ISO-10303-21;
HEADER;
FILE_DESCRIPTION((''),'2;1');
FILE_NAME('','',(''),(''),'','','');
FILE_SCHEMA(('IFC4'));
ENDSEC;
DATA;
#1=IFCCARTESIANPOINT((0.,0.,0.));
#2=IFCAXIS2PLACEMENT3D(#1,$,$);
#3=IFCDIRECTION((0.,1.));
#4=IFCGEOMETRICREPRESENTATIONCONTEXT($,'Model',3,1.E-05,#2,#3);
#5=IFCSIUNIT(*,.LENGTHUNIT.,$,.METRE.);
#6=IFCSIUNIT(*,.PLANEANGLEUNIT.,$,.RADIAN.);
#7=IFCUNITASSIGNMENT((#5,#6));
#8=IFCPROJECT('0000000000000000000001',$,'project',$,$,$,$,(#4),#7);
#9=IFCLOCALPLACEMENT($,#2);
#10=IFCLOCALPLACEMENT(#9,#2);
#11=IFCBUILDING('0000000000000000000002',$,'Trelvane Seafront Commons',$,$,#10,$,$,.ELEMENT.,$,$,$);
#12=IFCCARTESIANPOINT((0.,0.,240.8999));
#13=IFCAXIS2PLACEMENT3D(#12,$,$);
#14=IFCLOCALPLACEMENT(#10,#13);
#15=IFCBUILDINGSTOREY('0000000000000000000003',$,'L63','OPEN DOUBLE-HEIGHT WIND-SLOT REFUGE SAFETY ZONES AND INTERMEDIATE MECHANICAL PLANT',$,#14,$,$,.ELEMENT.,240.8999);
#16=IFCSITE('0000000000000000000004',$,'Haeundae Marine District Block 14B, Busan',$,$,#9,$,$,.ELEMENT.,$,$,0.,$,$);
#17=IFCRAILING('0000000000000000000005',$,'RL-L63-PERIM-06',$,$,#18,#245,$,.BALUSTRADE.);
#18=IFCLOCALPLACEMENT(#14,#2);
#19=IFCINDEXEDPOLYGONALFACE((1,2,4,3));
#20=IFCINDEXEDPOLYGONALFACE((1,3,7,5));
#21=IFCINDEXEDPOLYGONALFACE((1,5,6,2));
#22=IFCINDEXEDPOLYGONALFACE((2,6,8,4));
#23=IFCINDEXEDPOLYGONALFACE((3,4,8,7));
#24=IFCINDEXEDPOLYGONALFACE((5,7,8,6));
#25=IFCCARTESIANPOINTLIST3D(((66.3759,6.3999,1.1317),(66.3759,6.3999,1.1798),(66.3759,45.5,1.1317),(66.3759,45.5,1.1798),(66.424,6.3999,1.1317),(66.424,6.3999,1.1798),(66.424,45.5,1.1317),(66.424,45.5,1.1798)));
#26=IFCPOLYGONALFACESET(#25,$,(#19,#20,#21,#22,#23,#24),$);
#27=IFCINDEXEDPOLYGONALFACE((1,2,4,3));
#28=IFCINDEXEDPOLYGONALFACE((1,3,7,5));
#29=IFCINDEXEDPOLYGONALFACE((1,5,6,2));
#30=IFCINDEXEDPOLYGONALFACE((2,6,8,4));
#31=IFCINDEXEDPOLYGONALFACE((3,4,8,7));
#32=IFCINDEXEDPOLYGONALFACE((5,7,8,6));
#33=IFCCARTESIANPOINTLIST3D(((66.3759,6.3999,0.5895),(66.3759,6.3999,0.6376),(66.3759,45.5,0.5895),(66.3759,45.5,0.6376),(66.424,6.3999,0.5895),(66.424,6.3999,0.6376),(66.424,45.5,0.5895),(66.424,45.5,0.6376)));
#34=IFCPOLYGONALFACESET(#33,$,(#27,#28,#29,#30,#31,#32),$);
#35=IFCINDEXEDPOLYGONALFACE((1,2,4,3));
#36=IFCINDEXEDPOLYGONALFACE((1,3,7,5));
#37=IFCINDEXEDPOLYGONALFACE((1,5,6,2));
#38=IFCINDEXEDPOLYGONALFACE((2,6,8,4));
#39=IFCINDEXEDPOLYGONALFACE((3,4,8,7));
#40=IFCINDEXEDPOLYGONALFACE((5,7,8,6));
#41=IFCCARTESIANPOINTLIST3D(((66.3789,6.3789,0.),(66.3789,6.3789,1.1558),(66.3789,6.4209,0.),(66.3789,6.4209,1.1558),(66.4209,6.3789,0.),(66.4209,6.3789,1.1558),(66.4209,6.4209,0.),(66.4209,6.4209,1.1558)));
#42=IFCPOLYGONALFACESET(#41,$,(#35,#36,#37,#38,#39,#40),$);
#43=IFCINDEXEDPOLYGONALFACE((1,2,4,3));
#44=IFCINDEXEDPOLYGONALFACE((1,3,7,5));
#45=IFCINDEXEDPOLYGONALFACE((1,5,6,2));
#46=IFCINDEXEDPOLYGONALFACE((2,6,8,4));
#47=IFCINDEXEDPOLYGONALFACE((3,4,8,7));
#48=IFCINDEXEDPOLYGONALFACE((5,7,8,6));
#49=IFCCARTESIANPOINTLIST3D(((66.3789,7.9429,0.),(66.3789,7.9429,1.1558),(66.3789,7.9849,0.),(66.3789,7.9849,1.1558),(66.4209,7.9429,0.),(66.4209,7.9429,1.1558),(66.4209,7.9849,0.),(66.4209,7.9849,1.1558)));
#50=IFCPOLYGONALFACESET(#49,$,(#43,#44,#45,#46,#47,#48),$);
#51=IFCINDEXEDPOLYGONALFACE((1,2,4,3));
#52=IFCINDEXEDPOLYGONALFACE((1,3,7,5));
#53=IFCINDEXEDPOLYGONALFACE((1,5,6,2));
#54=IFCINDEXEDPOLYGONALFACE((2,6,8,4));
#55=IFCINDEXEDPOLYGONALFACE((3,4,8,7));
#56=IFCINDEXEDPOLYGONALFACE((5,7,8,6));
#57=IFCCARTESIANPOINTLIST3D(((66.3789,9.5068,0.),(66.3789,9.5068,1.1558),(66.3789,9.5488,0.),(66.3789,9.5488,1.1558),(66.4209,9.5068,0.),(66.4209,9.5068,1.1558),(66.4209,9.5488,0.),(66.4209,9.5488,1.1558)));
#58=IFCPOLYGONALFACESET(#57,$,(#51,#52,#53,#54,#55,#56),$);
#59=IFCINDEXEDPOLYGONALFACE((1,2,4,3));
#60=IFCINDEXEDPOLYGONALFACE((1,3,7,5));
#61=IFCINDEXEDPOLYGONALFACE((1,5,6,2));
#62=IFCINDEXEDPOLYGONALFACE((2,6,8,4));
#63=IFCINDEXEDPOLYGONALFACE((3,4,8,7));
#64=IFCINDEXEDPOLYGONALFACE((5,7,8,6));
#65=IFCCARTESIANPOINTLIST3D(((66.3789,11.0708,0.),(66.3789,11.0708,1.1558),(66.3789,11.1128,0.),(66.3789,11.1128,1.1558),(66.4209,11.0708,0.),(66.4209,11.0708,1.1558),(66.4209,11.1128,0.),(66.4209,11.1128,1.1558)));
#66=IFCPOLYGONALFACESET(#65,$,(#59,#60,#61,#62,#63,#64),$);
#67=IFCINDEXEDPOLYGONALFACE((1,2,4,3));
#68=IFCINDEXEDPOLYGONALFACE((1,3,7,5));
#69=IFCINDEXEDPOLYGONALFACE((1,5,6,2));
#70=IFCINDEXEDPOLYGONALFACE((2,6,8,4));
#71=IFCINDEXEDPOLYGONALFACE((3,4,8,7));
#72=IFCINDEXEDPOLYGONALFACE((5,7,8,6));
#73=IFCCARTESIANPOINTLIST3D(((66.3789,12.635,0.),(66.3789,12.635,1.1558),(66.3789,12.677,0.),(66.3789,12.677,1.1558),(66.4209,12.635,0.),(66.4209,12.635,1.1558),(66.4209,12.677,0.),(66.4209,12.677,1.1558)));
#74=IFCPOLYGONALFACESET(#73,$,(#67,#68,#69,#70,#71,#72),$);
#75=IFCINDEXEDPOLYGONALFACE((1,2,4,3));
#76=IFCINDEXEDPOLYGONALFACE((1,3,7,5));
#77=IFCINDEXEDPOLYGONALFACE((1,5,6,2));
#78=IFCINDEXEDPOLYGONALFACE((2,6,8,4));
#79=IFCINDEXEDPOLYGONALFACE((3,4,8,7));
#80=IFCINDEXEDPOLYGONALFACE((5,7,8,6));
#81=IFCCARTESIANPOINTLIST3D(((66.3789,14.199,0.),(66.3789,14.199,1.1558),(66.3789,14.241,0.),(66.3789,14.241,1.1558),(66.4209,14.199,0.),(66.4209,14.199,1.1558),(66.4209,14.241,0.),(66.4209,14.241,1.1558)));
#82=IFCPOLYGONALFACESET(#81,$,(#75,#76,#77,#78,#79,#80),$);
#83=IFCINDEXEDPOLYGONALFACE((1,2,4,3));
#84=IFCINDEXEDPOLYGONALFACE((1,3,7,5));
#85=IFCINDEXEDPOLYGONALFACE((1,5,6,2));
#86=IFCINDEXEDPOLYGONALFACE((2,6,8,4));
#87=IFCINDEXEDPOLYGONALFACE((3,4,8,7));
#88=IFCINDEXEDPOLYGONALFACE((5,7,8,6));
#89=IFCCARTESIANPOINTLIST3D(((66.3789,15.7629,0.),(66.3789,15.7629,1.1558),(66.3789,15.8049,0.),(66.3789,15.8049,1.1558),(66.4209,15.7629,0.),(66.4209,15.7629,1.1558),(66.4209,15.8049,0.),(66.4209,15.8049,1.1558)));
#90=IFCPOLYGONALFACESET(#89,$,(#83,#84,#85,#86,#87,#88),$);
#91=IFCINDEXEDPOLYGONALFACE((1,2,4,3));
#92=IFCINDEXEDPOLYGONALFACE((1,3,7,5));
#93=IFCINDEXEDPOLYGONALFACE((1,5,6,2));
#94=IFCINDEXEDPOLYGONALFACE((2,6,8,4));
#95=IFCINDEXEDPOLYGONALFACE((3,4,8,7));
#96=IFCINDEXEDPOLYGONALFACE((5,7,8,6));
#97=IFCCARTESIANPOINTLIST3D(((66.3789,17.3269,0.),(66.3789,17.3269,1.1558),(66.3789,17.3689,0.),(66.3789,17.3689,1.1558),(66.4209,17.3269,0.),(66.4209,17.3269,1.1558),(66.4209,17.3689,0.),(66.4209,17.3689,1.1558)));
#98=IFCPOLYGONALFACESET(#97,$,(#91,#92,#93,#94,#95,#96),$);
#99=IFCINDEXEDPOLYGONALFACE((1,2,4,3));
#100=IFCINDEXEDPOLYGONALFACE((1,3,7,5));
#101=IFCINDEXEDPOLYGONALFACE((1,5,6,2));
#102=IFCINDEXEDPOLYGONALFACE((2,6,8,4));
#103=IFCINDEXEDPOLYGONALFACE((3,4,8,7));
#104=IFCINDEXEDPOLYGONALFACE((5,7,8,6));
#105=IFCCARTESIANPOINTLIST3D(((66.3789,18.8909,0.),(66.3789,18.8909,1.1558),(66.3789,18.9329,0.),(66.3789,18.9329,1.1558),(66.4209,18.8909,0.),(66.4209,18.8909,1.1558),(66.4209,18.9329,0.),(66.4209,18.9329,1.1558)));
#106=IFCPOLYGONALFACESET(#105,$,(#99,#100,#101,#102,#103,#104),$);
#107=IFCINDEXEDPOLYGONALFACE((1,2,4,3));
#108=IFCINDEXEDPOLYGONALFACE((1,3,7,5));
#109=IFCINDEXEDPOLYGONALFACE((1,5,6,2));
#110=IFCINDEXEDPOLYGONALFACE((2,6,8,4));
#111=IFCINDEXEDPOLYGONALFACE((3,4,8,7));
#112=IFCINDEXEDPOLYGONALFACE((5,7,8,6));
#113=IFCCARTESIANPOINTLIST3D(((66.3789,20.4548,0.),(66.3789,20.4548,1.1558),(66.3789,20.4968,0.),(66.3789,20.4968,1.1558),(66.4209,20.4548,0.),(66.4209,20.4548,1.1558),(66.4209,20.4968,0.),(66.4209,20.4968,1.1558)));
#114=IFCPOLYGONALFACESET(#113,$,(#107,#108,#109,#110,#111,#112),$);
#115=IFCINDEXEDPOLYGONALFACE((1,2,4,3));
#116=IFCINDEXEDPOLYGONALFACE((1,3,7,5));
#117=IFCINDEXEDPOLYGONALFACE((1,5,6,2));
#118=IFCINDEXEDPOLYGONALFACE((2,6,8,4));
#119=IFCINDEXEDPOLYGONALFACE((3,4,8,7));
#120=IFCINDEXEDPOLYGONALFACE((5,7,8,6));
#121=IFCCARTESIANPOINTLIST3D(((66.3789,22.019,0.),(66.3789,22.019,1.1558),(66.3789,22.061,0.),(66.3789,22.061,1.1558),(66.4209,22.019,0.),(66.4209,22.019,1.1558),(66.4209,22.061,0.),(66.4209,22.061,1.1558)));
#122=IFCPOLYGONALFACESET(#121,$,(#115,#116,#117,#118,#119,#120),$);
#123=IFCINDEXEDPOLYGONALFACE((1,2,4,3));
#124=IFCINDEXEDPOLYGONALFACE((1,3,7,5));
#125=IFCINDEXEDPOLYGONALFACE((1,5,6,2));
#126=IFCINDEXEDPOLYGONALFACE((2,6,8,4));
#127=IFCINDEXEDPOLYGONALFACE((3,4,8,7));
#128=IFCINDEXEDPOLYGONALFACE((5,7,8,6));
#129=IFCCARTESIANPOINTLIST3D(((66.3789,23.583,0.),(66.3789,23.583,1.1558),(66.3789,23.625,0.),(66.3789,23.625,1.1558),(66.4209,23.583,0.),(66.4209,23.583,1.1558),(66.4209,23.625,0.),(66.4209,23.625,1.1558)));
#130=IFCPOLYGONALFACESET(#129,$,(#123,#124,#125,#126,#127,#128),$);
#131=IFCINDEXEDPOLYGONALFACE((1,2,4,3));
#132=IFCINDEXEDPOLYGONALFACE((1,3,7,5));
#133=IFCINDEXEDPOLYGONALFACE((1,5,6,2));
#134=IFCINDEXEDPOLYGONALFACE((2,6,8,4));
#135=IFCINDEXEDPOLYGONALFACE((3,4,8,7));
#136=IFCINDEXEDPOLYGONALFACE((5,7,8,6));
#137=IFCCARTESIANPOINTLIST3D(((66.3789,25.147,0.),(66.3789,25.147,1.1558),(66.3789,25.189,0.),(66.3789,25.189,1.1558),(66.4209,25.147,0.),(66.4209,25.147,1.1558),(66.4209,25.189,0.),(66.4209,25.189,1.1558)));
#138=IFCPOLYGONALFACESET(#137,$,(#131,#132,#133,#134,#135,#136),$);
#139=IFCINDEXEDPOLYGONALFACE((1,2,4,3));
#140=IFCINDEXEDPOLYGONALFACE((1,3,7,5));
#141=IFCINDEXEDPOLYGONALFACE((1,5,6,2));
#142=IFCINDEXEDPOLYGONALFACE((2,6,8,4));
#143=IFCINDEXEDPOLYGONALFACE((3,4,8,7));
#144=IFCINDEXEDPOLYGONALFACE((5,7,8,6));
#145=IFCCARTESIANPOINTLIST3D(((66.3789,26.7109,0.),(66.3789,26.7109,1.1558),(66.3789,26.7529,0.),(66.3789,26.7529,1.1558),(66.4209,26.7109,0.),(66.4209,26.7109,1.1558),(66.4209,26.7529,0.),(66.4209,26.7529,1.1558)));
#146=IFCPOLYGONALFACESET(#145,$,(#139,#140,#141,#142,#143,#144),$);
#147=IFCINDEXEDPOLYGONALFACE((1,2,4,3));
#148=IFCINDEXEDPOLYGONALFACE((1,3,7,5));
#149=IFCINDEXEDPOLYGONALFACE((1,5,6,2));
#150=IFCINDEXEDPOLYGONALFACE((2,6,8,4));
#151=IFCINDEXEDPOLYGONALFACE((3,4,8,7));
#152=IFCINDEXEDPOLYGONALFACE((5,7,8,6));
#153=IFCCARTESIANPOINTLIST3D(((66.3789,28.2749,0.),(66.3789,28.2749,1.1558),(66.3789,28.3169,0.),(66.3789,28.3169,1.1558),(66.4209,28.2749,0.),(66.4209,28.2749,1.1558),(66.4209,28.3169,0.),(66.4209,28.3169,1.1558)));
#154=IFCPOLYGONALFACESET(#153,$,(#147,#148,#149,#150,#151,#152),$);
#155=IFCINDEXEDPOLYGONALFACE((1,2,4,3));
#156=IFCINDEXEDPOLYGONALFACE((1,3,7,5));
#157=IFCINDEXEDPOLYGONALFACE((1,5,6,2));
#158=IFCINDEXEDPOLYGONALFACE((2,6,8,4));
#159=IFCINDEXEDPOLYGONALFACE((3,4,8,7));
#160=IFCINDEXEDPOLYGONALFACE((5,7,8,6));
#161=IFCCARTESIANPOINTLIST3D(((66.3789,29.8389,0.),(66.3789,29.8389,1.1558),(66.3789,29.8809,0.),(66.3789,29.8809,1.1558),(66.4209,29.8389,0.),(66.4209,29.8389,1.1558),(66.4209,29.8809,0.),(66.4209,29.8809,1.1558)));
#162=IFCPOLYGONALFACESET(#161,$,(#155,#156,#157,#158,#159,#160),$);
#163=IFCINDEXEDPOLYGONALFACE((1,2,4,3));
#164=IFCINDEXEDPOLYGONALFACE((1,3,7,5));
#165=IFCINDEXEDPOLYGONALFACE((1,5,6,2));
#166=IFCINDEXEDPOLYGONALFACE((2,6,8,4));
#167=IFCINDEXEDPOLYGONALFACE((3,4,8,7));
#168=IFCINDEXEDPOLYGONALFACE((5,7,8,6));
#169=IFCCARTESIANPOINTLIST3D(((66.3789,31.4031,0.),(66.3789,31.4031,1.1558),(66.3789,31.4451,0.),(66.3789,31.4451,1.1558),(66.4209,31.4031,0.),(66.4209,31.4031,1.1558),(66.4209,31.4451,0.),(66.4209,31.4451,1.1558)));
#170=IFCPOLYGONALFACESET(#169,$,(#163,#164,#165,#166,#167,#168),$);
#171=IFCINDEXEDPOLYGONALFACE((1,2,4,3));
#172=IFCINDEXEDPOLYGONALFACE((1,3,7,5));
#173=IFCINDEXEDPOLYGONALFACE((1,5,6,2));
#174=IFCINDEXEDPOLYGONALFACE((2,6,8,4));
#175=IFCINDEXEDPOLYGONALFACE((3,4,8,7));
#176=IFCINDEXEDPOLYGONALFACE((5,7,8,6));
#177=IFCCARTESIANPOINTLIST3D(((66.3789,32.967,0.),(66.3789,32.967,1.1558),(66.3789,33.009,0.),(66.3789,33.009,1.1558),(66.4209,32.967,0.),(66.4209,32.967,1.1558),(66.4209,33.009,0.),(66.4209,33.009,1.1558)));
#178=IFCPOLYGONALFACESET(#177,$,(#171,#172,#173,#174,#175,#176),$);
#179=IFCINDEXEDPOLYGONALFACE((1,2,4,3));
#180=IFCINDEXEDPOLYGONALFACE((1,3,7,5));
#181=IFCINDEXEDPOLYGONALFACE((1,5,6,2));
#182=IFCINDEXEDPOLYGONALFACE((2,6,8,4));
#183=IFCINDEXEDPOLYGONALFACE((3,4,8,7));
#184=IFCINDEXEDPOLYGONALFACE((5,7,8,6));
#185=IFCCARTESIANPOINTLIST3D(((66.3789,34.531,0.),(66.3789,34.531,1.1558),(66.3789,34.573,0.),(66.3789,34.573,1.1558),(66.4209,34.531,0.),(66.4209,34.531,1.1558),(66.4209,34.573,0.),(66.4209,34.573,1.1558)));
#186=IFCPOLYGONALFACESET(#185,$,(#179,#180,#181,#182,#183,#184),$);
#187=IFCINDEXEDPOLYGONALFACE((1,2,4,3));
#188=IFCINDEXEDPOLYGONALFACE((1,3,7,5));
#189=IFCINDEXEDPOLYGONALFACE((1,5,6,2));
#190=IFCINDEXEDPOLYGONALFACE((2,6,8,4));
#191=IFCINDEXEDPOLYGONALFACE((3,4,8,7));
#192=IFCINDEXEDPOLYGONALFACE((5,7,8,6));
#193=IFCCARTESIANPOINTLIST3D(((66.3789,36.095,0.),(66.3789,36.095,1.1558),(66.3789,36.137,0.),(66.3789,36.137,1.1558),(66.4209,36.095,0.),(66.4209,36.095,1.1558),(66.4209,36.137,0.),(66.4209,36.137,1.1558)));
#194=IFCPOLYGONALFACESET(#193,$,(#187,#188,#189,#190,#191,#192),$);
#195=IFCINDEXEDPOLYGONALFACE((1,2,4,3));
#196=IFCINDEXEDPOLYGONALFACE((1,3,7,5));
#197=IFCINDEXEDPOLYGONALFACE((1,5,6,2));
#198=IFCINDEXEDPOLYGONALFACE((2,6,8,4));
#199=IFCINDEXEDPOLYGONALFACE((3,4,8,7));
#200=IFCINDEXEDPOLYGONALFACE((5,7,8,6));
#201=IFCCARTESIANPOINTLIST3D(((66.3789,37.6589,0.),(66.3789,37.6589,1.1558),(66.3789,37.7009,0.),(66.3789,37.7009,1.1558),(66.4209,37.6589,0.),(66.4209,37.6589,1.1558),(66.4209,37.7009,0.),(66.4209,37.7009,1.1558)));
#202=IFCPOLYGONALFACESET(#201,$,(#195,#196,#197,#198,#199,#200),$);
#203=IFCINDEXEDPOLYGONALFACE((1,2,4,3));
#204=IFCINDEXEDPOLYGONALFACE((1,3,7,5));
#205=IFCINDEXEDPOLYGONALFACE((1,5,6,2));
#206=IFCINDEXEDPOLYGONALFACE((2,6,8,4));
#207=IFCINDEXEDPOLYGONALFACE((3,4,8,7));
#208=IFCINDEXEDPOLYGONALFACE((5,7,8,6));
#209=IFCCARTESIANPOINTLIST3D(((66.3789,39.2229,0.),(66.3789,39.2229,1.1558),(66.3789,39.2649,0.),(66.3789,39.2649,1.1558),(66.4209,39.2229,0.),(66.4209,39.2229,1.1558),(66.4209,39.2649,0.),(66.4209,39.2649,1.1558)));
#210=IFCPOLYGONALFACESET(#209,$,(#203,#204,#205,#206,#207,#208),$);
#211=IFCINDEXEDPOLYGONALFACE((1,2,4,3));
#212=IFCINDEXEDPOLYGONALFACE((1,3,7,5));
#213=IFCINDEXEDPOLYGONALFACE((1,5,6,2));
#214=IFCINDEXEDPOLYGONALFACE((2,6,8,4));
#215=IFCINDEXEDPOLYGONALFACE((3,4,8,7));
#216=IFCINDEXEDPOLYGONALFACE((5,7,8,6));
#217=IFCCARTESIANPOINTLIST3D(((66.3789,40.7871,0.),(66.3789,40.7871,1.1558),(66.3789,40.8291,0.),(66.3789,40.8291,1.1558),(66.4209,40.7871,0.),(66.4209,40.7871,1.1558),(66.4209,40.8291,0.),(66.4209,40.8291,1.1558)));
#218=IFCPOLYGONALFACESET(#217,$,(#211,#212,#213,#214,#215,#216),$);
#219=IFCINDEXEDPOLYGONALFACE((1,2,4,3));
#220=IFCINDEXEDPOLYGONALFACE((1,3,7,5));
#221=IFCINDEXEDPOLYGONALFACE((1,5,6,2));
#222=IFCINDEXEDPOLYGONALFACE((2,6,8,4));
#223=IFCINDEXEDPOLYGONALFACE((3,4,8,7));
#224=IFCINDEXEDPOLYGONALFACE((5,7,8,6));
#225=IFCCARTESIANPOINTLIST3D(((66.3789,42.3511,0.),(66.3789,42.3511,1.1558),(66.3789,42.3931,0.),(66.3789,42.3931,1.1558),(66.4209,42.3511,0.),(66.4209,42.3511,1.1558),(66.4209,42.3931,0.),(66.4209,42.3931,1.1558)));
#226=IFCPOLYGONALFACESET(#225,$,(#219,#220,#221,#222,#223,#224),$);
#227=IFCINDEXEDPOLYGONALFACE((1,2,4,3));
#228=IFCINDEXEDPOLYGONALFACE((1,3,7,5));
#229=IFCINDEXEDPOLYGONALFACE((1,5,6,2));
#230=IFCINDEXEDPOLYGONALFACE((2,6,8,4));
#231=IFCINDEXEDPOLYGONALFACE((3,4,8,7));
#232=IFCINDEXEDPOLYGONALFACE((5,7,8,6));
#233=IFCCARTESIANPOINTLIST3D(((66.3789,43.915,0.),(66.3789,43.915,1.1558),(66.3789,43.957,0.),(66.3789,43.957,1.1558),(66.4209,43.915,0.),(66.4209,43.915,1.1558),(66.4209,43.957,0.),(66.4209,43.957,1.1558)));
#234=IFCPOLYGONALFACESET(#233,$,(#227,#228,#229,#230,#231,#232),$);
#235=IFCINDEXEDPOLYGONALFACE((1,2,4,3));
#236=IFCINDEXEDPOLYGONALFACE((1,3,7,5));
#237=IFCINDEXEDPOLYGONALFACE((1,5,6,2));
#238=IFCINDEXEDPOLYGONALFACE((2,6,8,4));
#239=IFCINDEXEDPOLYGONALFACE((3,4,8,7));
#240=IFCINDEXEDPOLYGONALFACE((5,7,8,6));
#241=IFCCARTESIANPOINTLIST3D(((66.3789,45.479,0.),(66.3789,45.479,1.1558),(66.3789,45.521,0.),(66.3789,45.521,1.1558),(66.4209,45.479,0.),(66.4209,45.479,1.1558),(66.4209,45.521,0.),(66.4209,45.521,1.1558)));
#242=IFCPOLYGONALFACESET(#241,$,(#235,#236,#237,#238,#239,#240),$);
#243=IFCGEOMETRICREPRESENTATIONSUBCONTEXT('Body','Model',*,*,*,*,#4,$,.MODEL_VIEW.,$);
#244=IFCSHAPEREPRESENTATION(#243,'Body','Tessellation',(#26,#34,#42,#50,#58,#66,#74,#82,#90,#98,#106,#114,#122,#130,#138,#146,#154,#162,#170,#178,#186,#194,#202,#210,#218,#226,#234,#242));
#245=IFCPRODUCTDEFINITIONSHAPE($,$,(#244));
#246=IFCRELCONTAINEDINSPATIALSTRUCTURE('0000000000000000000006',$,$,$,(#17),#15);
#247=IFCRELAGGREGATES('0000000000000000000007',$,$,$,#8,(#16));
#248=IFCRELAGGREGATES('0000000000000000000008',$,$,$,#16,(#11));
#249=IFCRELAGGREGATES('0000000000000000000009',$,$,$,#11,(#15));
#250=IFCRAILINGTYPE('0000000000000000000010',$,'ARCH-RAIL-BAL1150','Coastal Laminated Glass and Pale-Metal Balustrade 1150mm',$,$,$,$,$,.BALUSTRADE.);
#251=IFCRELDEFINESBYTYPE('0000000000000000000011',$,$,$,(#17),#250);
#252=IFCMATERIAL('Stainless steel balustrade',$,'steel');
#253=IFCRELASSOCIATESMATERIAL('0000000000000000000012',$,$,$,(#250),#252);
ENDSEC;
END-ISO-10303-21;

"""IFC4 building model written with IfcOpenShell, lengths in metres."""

from ifc_helpers import new_model, si_unit, direction, frame, origin, origin_2d, place, context, subcontext, project, spatial, rectangle, extrude, material, type_object, element, save


model = new_model("IFC4")

# Units and contexts
model_context = context("Model", 3, precision=1e-05, world=origin(), true_north=direction((0.0, 1.0)))
body_context = subcontext(model_context, "Body", "Model", "MODEL_VIEW")
ifc_project = project(units=[si_unit("LENGTHUNIT", "METRE"), si_unit("PLANEANGLEUNIT", "RADIAN")], contexts=[model_context])

# Site, building, storey
site_placement = place(None, origin())
site = spatial("IfcSite", under=ifc_project, at=site_placement, Name="Haeundae Marine District Block 14B, Busan", CompositionType="ELEMENT", RefElevation=0.0)
building_placement = place(site_placement, origin())
building = spatial("IfcBuilding", under=site, at=building_placement, Name="Trelvane Seafront Commons", CompositionType="ELEMENT")
storey_placement = place(building_placement, frame((0.0, 0.0, 240.8999)))
storey = spatial("IfcBuildingStorey", under=building, at=storey_placement, Name="L63", Description="OPEN DOUBLE-HEIGHT WIND-SLOT REFUGE SAFETY ZONES AND INTERMEDIATE MECHANICAL PLANT", CompositionType="ELEMENT", Elevation=240.8999)

# Railing
ifc_material_1 = material(Name="Stainless steel balustrade", Category="steel")
railing_type = type_object("IfcRailingType", Name="ARCH-RAIL-BAL1150", Description="Coastal Laminated Glass and Pale-Metal Balustrade 1150mm", PredefinedType="BALUSTRADE", material=ifc_material_1)
railing_1_placement = place(storey_placement, frame((66.3999, 6.3999, 0.0)))
element("IfcRailing", 1, at=railing_1_placement, inside=storey, type_object=railing_type, Name="RL-L63-PERIM-06", PredefinedType="BALUSTRADE", context=body_context, shape_type="SweptSolid", body=[
    extrude(rectangle(XDim=0.0481, YDim=0.0481, at=origin_2d()), frame((0.0, 0.0, 1.1558), z_axis=(0.0, 1.0, 0.0), x_axis=(-1.0, 0.0, 0.0)), (0.0, 0.0, 1.0), 39.1001),
    extrude(rectangle(XDim=0.0481, YDim=0.0481, at=origin_2d()), frame((0.0, 0.0, 0.6135), z_axis=(0.0, 1.0, 0.0), x_axis=(-1.0, 0.0, 0.0)), (0.0, 0.0, 1.0), 39.1001),
    extrude(rectangle(XDim=0.042, YDim=0.042, at=origin_2d()), origin(), (0.0, 0.0, 1.0), 1.1558),
    extrude(rectangle(XDim=0.042, YDim=0.042, at=origin_2d()), frame((0.0, 1.564, 0.0)), (0.0, 0.0, 1.0), 1.1558),
    extrude(rectangle(XDim=0.042, YDim=0.042, at=origin_2d()), frame((0.0, 3.1279, 0.0)), (0.0, 0.0, 1.0), 1.1558),
    extrude(rectangle(XDim=0.042, YDim=0.042, at=origin_2d()), frame((0.0, 4.6919, 0.0)), (0.0, 0.0, 1.0), 1.1558),
    extrude(rectangle(XDim=0.042, YDim=0.042, at=origin_2d()), frame((0.0, 6.2561, 0.0)), (0.0, 0.0, 1.0), 1.1558),
    extrude(rectangle(XDim=0.042, YDim=0.042, at=origin_2d()), frame((0.0, 7.8201, 0.0)), (0.0, 0.0, 1.0), 1.1558),
    extrude(rectangle(XDim=0.042, YDim=0.042, at=origin_2d()), frame((0.0, 9.384, 0.0)), (0.0, 0.0, 1.0), 1.1558),
    extrude(rectangle(XDim=0.042, YDim=0.042, at=origin_2d()), frame((0.0, 10.948, 0.0)), (0.0, 0.0, 1.0), 1.1558),
    extrude(rectangle(XDim=0.042, YDim=0.042, at=origin_2d()), frame((0.0, 12.512, 0.0)), (0.0, 0.0, 1.0), 1.1558),
    extrude(rectangle(XDim=0.042, YDim=0.042, at=origin_2d()), frame((0.0, 14.0759, 0.0)), (0.0, 0.0, 1.0), 1.1558),
    extrude(rectangle(XDim=0.042, YDim=0.042, at=origin_2d()), frame((0.0, 15.6401, 0.0)), (0.0, 0.0, 1.0), 1.1558),
    extrude(rectangle(XDim=0.042, YDim=0.042, at=origin_2d()), frame((0.0, 17.2041, 0.0)), (0.0, 0.0, 1.0), 1.1558),
    extrude(rectangle(XDim=0.042, YDim=0.042, at=origin_2d()), frame((0.0, 18.7681, 0.0)), (0.0, 0.0, 1.0), 1.1558),
    extrude(rectangle(XDim=0.042, YDim=0.042, at=origin_2d()), frame((0.0, 20.332, 0.0)), (0.0, 0.0, 1.0), 1.1558),
    extrude(rectangle(XDim=0.042, YDim=0.042, at=origin_2d()), frame((0.0, 21.896, 0.0)), (0.0, 0.0, 1.0), 1.1558),
    extrude(rectangle(XDim=0.042, YDim=0.042, at=origin_2d()), frame((0.0, 23.46, 0.0)), (0.0, 0.0, 1.0), 1.1558),
    extrude(rectangle(XDim=0.042, YDim=0.042, at=origin_2d()), frame((0.0, 25.0242, 0.0)), (0.0, 0.0, 1.0), 1.1558),
    extrude(rectangle(XDim=0.042, YDim=0.042, at=origin_2d()), frame((0.0, 26.5881, 0.0)), (0.0, 0.0, 1.0), 1.1558),
    extrude(rectangle(XDim=0.042, YDim=0.042, at=origin_2d()), frame((0.0, 28.1521, 0.0)), (0.0, 0.0, 1.0), 1.1558),
    extrude(rectangle(XDim=0.042, YDim=0.042, at=origin_2d()), frame((0.0, 29.7161, 0.0)), (0.0, 0.0, 1.0), 1.1558),
    extrude(rectangle(XDim=0.042, YDim=0.042, at=origin_2d()), frame((0.0, 31.28, 0.0)), (0.0, 0.0, 1.0), 1.1558),
    extrude(rectangle(XDim=0.042, YDim=0.042, at=origin_2d()), frame((0.0, 32.844, 0.0)), (0.0, 0.0, 1.0), 1.1558),
    extrude(rectangle(XDim=0.042, YDim=0.042, at=origin_2d()), frame((0.0, 34.4082, 0.0)), (0.0, 0.0, 1.0), 1.1558),
    extrude(rectangle(XDim=0.042, YDim=0.042, at=origin_2d()), frame((0.0, 35.9722, 0.0)), (0.0, 0.0, 1.0), 1.1558),
    extrude(rectangle(XDim=0.042, YDim=0.042, at=origin_2d()), frame((0.0, 37.5361, 0.0)), (0.0, 0.0, 1.0), 1.1558),
    extrude(rectangle(XDim=0.042, YDim=0.042, at=origin_2d()), frame((0.0, 39.1001, 0.0)), (0.0, 0.0, 1.0), 1.1558),
])

save(model, "model.ifc")
